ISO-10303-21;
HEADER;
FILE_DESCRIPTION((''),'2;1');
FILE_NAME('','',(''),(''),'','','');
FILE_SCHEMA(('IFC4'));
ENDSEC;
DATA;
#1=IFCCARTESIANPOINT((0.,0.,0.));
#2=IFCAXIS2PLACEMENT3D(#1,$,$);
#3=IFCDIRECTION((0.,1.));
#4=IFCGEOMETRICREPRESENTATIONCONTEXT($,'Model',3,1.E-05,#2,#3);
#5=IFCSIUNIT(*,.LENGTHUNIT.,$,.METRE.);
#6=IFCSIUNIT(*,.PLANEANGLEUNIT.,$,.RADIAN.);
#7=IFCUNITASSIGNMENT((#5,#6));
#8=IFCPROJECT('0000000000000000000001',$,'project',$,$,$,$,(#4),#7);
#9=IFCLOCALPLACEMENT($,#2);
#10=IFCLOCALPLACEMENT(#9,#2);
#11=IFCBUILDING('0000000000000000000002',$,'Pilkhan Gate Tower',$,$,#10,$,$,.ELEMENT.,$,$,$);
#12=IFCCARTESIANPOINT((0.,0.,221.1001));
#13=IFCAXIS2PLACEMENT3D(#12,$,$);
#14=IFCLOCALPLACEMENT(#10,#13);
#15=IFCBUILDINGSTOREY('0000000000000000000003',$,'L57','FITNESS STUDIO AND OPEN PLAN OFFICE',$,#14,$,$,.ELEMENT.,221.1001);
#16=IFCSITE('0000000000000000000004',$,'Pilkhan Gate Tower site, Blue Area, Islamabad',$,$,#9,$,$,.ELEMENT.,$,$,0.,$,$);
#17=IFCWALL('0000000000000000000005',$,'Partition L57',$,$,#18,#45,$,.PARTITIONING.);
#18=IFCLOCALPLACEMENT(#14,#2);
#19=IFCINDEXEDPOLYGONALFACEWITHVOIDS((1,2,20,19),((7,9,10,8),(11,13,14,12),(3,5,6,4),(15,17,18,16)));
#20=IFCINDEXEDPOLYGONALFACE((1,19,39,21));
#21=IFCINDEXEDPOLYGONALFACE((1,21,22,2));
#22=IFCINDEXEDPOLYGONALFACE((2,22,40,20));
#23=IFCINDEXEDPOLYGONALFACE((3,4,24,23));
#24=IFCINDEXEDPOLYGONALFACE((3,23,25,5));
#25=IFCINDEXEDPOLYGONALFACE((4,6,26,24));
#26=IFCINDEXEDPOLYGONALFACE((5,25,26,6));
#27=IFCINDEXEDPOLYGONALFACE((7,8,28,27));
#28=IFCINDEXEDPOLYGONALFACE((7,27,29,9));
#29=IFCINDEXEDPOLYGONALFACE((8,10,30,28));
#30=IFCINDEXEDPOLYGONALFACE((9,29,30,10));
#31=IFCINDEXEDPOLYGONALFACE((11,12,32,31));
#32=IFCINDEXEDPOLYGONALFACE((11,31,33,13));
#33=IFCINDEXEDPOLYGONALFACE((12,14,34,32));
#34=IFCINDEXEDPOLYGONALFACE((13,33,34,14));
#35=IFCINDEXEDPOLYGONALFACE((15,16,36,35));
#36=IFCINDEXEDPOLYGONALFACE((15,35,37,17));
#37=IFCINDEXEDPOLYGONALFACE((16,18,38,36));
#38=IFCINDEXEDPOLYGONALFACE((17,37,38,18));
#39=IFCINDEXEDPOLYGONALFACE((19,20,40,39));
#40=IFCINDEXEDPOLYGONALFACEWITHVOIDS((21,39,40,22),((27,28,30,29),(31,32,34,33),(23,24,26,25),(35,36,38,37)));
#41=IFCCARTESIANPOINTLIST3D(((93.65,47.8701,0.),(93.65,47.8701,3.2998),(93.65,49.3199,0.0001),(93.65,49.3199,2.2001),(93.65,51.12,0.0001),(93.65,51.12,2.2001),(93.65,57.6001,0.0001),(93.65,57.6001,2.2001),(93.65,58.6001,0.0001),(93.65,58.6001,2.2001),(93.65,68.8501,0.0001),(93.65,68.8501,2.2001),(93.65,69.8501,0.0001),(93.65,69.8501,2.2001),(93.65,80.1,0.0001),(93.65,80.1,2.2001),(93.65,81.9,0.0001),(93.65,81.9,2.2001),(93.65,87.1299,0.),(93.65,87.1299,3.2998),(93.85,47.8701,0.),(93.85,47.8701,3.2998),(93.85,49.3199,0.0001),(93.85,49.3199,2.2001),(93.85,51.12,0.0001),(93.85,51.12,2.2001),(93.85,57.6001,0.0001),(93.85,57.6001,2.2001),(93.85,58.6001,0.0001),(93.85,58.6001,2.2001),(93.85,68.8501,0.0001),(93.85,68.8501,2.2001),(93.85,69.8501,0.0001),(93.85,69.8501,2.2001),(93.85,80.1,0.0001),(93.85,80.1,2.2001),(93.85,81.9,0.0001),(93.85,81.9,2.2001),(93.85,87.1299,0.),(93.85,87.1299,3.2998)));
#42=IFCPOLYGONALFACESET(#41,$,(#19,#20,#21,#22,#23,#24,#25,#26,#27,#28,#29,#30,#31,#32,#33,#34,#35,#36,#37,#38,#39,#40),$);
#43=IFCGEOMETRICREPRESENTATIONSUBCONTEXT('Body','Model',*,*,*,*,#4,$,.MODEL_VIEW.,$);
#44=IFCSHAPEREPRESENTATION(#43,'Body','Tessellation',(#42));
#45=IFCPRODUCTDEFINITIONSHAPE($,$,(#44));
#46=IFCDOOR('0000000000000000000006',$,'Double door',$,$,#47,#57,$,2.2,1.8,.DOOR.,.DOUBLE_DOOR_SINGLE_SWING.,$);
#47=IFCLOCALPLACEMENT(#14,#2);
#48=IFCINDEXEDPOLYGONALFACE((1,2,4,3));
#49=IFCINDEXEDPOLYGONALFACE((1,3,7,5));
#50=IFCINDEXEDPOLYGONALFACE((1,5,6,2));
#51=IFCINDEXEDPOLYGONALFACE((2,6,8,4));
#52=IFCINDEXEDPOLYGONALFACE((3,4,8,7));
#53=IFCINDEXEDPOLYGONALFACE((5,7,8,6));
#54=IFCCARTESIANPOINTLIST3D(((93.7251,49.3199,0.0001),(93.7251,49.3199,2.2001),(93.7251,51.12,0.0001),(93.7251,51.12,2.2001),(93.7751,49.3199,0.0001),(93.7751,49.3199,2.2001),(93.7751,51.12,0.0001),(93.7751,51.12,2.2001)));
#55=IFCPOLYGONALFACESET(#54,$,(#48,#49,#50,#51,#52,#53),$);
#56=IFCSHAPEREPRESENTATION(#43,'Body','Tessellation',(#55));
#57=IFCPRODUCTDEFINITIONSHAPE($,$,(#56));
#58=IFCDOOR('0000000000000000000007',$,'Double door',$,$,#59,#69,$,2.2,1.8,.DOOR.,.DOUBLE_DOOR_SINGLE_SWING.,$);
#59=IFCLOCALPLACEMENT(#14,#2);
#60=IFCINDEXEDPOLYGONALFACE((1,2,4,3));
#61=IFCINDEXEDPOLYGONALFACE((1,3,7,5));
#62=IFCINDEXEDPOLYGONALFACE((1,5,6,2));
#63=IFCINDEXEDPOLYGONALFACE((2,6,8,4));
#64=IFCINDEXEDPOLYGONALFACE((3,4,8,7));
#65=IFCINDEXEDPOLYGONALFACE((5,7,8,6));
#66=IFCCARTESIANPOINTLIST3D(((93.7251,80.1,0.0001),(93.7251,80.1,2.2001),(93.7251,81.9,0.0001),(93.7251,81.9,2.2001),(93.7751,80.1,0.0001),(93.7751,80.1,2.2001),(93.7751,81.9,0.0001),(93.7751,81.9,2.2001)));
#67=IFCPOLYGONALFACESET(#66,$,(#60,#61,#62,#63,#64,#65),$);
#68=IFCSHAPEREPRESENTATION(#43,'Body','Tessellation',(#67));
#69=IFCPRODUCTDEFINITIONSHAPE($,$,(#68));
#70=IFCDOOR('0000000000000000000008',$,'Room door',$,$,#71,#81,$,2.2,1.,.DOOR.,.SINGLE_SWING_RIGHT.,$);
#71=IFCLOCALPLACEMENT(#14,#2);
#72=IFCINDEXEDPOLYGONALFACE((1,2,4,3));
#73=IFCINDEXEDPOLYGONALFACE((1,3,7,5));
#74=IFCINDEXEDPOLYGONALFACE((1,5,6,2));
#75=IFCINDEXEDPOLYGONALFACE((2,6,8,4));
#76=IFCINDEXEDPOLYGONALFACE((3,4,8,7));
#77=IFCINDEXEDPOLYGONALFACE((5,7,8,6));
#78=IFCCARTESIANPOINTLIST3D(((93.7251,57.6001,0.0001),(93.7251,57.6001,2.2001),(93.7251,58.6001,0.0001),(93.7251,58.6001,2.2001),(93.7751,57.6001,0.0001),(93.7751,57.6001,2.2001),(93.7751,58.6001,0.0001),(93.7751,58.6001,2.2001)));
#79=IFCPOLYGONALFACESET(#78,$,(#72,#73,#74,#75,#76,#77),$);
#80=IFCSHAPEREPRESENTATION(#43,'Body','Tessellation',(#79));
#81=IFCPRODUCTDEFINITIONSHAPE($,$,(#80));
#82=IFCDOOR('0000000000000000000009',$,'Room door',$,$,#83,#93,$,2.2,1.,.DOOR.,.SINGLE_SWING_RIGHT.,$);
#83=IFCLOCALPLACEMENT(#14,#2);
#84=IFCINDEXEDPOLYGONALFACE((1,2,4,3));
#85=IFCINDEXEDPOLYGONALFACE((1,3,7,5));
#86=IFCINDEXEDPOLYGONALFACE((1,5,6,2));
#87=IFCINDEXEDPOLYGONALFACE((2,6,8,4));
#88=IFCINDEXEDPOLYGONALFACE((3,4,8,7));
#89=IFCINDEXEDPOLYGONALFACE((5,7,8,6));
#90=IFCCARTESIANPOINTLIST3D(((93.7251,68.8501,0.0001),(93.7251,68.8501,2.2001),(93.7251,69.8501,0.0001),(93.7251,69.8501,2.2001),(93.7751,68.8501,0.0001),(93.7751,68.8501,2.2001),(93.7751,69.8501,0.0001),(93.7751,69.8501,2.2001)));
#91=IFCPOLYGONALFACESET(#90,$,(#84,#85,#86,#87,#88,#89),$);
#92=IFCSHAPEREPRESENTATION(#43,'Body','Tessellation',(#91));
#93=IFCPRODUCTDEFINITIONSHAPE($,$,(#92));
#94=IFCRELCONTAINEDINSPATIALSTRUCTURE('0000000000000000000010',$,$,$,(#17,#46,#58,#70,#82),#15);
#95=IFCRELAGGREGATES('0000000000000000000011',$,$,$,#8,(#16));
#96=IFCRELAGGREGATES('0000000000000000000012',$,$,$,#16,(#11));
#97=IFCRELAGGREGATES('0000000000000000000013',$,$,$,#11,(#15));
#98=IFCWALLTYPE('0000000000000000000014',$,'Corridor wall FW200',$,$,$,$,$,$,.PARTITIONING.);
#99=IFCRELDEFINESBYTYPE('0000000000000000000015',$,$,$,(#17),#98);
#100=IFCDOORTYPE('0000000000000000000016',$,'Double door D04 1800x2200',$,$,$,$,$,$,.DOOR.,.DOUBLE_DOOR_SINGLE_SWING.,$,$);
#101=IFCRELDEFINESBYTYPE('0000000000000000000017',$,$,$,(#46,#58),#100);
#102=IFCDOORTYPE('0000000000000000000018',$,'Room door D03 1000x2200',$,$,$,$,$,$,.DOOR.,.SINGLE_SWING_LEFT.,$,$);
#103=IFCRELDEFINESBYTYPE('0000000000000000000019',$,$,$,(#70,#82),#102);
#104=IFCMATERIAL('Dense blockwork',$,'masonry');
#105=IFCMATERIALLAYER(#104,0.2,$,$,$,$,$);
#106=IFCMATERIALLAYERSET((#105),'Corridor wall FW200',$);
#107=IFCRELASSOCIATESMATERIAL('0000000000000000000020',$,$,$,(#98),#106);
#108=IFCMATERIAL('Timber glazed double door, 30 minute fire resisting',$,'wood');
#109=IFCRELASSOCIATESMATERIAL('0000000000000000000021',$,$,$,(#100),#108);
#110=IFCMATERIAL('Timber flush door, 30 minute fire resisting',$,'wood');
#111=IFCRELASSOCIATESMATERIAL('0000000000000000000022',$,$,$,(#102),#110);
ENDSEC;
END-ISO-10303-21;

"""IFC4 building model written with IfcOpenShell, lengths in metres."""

from ifc_helpers import new_model, si_unit, direction, frame, frame_2d, origin, place, context, subcontext, project, spatial, rectangle, extrude, material, layer, layer_set, type_object, element, fill, save


model = new_model("IFC4")

# Units and contexts
model_context = context("Model", 3, precision=1e-05, world=origin(), true_north=direction((0.0, 1.0)))
body_context = subcontext(model_context, "Body", "Model", "MODEL_VIEW")
ifc_project = project(units=[si_unit("LENGTHUNIT", "METRE"), si_unit("PLANEANGLEUNIT", "RADIAN")], contexts=[model_context])

# Site, building, storey
site_placement = place(None, origin())
site = spatial("IfcSite", under=ifc_project, at=site_placement, Name="Pilkhan Gate Tower site, Blue Area, Islamabad", CompositionType="ELEMENT", RefElevation=0.0)
building_placement = place(site_placement, origin())
building = spatial("IfcBuilding", under=site, at=building_placement, Name="Pilkhan Gate Tower", CompositionType="ELEMENT")
storey_placement = place(building_placement, frame((0.0, 0.0, 221.1001)))
storey = spatial("IfcBuildingStorey", under=building, at=storey_placement, Name="L57", Description="FITNESS STUDIO AND OPEN PLAN OFFICE", CompositionType="ELEMENT", Elevation=221.1001)

# Shared definitions
ifc_material_1 = material(Name="Dense blockwork", Category="masonry")
ifc_layer_1 = layer(ifc_material_1, 0.2)
ifc_layer_set_1 = layer_set([ifc_layer_1], Name="Corridor wall FW200")
wall_type = type_object("IfcWallType", Name="Corridor wall FW200", PredefinedType="PARTITIONING", material=ifc_layer_set_1)

# Wall, openings, doors
wall_1_placement = place(storey_placement, frame((93.75, 47.8701, 0.0), z_axis=(0.0, 0.0, 1.0), x_axis=(0.0, 1.0, 0.0)))
wall_1 = element("IfcWall", 1, at=wall_1_placement, inside=storey, type_object=wall_type, Name="Partition L57", PredefinedType="PARTITIONING", context=body_context, shape_type="SweptSolid", body=[
    extrude(rectangle(XDim=39.2598, YDim=0.2, at=frame_2d((19.6299, 0.0))), origin(), (0.0, 0.0, 1.0), 3.2998),
])
opening_1_placement = place(wall_1_placement, frame((1.45, 0.0, 0.0)))
opening_1 = element("IfcOpeningElement", 2, at=opening_1_placement, cuts=wall_1, PredefinedType="OPENING", context=body_context, shape_type="SweptSolid", body=[
    extrude(rectangle(XDim=1.8, YDim=2.2, at=frame_2d((0.8999, 1.1001))), frame((0.0, 0.1099, 0.0), z_axis=(0.0, -1.0, 0.0), x_axis=(1.0, 0.0, 0.0)), (0.0, 0.0, 1.0), 0.22),
])
opening_2_placement = place(wall_1_placement, frame((9.73, 0.0, 0.0)))
opening_2 = element("IfcOpeningElement", 3, at=opening_2_placement, cuts=wall_1, PredefinedType="OPENING", context=body_context, shape_type="SweptSolid", body=[
    extrude(rectangle(XDim=1.0, YDim=2.2, at=frame_2d((0.5, 1.1001))), frame((0.0, 0.1099, 0.0), z_axis=(0.0, -1.0, 0.0), x_axis=(1.0, 0.0, 0.0)), (0.0, 0.0, 1.0), 0.22),
])
opening_3_placement = place(wall_1_placement, frame((20.98, 0.0, 0.0)))
opening_3 = element("IfcOpeningElement", 4, at=opening_3_placement, cuts=wall_1, PredefinedType="OPENING", context=body_context, shape_type="SweptSolid", body=[
    extrude(rectangle(XDim=1.0, YDim=2.2, at=frame_2d((0.5, 1.1001))), frame((0.0, 0.1099, 0.0), z_axis=(0.0, -1.0, 0.0), x_axis=(1.0, 0.0, 0.0)), (0.0, 0.0, 1.0), 0.22),
])
opening_4_placement = place(wall_1_placement, frame((32.23, 0.0, 0.0)))
opening_4 = element("IfcOpeningElement", 5, at=opening_4_placement, cuts=wall_1, PredefinedType="OPENING", context=body_context, shape_type="SweptSolid", body=[
    extrude(rectangle(XDim=1.8, YDim=2.2, at=frame_2d((0.8999, 1.1001))), frame((0.0, 0.1099, 0.0), z_axis=(0.0, -1.0, 0.0), x_axis=(1.0, 0.0, 0.0)), (0.0, 0.0, 1.0), 0.22),
])
ifc_material_2 = material(Name="Timber glazed double door, 30 minute fire resisting", Category="wood")
door_type_1 = type_object("IfcDoorType", Name="Double door D04 1800x2200", OperationType="DOUBLE_DOOR_SINGLE_SWING", PredefinedType="DOOR", material=ifc_material_2)
door_1_placement = place(opening_1_placement, origin())
door_1 = element("IfcDoor", 6, at=door_1_placement, inside=storey, type_object=door_type_1, Name="Double door", OperationType="DOUBLE_DOOR_SINGLE_SWING", OverallHeight=2.2, OverallWidth=1.8, PredefinedType="DOOR", context=body_context, shape_type="SweptSolid", body=[
    extrude(rectangle(XDim=1.8, YDim=2.2, at=frame_2d((0.8999, 1.1001))), frame((0.0, 0.0249, 0.0), z_axis=(0.0, -1.0, 0.0), x_axis=(1.0, 0.0, 0.0)), (0.0, 0.0, 1.0), 0.05),
])
fill(opening_1, door_1)
door_2_placement = place(opening_4_placement, origin())
door_2 = element("IfcDoor", 7, at=door_2_placement, inside=storey, type_object=door_type_1, Name="Double door", OperationType="DOUBLE_DOOR_SINGLE_SWING", OverallHeight=2.2, OverallWidth=1.8, PredefinedType="DOOR", context=body_context, shape_type="SweptSolid", body=[
    extrude(rectangle(XDim=1.8, YDim=2.2, at=frame_2d((0.8999, 1.1001))), frame((0.0, 0.0249, 0.0), z_axis=(0.0, -1.0, 0.0), x_axis=(1.0, 0.0, 0.0)), (0.0, 0.0, 1.0), 0.05),
])
fill(opening_4, door_2)
ifc_material_3 = material(Name="Timber flush door, 30 minute fire resisting", Category="wood")
door_type_2 = type_object("IfcDoorType", Name="Room door D03 1000x2200", OperationType="SINGLE_SWING_LEFT", PredefinedType="DOOR", material=ifc_material_3)
door_3_placement = place(opening_2_placement, origin())
door_3 = element("IfcDoor", 8, at=door_3_placement, inside=storey, type_object=door_type_2, Name="Room door", OperationType="SINGLE_SWING_RIGHT", OverallHeight=2.2, OverallWidth=1.0, PredefinedType="DOOR", context=body_context, shape_type="SweptSolid", body=[
    extrude(rectangle(XDim=1.0, YDim=2.2, at=frame_2d((0.5, 1.1001))), frame((0.0, 0.0249, 0.0), z_axis=(0.0, -1.0, 0.0), x_axis=(1.0, 0.0, 0.0)), (0.0, 0.0, 1.0), 0.05),
])
fill(opening_2, door_3)
door_4_placement = place(opening_3_placement, origin())
door_4 = element("IfcDoor", 9, at=door_4_placement, inside=storey, type_object=door_type_2, Name="Room door", OperationType="SINGLE_SWING_RIGHT", OverallHeight=2.2, OverallWidth=1.0, PredefinedType="DOOR", context=body_context, shape_type="SweptSolid", body=[
    extrude(rectangle(XDim=1.0, YDim=2.2, at=frame_2d((0.5, 1.1001))), frame((0.0, 0.0249, 0.0), z_axis=(0.0, -1.0, 0.0), x_axis=(1.0, 0.0, 0.0)), (0.0, 0.0, 1.0), 0.05),
])
fill(opening_3, door_4)

save(model, "model.ifc")
